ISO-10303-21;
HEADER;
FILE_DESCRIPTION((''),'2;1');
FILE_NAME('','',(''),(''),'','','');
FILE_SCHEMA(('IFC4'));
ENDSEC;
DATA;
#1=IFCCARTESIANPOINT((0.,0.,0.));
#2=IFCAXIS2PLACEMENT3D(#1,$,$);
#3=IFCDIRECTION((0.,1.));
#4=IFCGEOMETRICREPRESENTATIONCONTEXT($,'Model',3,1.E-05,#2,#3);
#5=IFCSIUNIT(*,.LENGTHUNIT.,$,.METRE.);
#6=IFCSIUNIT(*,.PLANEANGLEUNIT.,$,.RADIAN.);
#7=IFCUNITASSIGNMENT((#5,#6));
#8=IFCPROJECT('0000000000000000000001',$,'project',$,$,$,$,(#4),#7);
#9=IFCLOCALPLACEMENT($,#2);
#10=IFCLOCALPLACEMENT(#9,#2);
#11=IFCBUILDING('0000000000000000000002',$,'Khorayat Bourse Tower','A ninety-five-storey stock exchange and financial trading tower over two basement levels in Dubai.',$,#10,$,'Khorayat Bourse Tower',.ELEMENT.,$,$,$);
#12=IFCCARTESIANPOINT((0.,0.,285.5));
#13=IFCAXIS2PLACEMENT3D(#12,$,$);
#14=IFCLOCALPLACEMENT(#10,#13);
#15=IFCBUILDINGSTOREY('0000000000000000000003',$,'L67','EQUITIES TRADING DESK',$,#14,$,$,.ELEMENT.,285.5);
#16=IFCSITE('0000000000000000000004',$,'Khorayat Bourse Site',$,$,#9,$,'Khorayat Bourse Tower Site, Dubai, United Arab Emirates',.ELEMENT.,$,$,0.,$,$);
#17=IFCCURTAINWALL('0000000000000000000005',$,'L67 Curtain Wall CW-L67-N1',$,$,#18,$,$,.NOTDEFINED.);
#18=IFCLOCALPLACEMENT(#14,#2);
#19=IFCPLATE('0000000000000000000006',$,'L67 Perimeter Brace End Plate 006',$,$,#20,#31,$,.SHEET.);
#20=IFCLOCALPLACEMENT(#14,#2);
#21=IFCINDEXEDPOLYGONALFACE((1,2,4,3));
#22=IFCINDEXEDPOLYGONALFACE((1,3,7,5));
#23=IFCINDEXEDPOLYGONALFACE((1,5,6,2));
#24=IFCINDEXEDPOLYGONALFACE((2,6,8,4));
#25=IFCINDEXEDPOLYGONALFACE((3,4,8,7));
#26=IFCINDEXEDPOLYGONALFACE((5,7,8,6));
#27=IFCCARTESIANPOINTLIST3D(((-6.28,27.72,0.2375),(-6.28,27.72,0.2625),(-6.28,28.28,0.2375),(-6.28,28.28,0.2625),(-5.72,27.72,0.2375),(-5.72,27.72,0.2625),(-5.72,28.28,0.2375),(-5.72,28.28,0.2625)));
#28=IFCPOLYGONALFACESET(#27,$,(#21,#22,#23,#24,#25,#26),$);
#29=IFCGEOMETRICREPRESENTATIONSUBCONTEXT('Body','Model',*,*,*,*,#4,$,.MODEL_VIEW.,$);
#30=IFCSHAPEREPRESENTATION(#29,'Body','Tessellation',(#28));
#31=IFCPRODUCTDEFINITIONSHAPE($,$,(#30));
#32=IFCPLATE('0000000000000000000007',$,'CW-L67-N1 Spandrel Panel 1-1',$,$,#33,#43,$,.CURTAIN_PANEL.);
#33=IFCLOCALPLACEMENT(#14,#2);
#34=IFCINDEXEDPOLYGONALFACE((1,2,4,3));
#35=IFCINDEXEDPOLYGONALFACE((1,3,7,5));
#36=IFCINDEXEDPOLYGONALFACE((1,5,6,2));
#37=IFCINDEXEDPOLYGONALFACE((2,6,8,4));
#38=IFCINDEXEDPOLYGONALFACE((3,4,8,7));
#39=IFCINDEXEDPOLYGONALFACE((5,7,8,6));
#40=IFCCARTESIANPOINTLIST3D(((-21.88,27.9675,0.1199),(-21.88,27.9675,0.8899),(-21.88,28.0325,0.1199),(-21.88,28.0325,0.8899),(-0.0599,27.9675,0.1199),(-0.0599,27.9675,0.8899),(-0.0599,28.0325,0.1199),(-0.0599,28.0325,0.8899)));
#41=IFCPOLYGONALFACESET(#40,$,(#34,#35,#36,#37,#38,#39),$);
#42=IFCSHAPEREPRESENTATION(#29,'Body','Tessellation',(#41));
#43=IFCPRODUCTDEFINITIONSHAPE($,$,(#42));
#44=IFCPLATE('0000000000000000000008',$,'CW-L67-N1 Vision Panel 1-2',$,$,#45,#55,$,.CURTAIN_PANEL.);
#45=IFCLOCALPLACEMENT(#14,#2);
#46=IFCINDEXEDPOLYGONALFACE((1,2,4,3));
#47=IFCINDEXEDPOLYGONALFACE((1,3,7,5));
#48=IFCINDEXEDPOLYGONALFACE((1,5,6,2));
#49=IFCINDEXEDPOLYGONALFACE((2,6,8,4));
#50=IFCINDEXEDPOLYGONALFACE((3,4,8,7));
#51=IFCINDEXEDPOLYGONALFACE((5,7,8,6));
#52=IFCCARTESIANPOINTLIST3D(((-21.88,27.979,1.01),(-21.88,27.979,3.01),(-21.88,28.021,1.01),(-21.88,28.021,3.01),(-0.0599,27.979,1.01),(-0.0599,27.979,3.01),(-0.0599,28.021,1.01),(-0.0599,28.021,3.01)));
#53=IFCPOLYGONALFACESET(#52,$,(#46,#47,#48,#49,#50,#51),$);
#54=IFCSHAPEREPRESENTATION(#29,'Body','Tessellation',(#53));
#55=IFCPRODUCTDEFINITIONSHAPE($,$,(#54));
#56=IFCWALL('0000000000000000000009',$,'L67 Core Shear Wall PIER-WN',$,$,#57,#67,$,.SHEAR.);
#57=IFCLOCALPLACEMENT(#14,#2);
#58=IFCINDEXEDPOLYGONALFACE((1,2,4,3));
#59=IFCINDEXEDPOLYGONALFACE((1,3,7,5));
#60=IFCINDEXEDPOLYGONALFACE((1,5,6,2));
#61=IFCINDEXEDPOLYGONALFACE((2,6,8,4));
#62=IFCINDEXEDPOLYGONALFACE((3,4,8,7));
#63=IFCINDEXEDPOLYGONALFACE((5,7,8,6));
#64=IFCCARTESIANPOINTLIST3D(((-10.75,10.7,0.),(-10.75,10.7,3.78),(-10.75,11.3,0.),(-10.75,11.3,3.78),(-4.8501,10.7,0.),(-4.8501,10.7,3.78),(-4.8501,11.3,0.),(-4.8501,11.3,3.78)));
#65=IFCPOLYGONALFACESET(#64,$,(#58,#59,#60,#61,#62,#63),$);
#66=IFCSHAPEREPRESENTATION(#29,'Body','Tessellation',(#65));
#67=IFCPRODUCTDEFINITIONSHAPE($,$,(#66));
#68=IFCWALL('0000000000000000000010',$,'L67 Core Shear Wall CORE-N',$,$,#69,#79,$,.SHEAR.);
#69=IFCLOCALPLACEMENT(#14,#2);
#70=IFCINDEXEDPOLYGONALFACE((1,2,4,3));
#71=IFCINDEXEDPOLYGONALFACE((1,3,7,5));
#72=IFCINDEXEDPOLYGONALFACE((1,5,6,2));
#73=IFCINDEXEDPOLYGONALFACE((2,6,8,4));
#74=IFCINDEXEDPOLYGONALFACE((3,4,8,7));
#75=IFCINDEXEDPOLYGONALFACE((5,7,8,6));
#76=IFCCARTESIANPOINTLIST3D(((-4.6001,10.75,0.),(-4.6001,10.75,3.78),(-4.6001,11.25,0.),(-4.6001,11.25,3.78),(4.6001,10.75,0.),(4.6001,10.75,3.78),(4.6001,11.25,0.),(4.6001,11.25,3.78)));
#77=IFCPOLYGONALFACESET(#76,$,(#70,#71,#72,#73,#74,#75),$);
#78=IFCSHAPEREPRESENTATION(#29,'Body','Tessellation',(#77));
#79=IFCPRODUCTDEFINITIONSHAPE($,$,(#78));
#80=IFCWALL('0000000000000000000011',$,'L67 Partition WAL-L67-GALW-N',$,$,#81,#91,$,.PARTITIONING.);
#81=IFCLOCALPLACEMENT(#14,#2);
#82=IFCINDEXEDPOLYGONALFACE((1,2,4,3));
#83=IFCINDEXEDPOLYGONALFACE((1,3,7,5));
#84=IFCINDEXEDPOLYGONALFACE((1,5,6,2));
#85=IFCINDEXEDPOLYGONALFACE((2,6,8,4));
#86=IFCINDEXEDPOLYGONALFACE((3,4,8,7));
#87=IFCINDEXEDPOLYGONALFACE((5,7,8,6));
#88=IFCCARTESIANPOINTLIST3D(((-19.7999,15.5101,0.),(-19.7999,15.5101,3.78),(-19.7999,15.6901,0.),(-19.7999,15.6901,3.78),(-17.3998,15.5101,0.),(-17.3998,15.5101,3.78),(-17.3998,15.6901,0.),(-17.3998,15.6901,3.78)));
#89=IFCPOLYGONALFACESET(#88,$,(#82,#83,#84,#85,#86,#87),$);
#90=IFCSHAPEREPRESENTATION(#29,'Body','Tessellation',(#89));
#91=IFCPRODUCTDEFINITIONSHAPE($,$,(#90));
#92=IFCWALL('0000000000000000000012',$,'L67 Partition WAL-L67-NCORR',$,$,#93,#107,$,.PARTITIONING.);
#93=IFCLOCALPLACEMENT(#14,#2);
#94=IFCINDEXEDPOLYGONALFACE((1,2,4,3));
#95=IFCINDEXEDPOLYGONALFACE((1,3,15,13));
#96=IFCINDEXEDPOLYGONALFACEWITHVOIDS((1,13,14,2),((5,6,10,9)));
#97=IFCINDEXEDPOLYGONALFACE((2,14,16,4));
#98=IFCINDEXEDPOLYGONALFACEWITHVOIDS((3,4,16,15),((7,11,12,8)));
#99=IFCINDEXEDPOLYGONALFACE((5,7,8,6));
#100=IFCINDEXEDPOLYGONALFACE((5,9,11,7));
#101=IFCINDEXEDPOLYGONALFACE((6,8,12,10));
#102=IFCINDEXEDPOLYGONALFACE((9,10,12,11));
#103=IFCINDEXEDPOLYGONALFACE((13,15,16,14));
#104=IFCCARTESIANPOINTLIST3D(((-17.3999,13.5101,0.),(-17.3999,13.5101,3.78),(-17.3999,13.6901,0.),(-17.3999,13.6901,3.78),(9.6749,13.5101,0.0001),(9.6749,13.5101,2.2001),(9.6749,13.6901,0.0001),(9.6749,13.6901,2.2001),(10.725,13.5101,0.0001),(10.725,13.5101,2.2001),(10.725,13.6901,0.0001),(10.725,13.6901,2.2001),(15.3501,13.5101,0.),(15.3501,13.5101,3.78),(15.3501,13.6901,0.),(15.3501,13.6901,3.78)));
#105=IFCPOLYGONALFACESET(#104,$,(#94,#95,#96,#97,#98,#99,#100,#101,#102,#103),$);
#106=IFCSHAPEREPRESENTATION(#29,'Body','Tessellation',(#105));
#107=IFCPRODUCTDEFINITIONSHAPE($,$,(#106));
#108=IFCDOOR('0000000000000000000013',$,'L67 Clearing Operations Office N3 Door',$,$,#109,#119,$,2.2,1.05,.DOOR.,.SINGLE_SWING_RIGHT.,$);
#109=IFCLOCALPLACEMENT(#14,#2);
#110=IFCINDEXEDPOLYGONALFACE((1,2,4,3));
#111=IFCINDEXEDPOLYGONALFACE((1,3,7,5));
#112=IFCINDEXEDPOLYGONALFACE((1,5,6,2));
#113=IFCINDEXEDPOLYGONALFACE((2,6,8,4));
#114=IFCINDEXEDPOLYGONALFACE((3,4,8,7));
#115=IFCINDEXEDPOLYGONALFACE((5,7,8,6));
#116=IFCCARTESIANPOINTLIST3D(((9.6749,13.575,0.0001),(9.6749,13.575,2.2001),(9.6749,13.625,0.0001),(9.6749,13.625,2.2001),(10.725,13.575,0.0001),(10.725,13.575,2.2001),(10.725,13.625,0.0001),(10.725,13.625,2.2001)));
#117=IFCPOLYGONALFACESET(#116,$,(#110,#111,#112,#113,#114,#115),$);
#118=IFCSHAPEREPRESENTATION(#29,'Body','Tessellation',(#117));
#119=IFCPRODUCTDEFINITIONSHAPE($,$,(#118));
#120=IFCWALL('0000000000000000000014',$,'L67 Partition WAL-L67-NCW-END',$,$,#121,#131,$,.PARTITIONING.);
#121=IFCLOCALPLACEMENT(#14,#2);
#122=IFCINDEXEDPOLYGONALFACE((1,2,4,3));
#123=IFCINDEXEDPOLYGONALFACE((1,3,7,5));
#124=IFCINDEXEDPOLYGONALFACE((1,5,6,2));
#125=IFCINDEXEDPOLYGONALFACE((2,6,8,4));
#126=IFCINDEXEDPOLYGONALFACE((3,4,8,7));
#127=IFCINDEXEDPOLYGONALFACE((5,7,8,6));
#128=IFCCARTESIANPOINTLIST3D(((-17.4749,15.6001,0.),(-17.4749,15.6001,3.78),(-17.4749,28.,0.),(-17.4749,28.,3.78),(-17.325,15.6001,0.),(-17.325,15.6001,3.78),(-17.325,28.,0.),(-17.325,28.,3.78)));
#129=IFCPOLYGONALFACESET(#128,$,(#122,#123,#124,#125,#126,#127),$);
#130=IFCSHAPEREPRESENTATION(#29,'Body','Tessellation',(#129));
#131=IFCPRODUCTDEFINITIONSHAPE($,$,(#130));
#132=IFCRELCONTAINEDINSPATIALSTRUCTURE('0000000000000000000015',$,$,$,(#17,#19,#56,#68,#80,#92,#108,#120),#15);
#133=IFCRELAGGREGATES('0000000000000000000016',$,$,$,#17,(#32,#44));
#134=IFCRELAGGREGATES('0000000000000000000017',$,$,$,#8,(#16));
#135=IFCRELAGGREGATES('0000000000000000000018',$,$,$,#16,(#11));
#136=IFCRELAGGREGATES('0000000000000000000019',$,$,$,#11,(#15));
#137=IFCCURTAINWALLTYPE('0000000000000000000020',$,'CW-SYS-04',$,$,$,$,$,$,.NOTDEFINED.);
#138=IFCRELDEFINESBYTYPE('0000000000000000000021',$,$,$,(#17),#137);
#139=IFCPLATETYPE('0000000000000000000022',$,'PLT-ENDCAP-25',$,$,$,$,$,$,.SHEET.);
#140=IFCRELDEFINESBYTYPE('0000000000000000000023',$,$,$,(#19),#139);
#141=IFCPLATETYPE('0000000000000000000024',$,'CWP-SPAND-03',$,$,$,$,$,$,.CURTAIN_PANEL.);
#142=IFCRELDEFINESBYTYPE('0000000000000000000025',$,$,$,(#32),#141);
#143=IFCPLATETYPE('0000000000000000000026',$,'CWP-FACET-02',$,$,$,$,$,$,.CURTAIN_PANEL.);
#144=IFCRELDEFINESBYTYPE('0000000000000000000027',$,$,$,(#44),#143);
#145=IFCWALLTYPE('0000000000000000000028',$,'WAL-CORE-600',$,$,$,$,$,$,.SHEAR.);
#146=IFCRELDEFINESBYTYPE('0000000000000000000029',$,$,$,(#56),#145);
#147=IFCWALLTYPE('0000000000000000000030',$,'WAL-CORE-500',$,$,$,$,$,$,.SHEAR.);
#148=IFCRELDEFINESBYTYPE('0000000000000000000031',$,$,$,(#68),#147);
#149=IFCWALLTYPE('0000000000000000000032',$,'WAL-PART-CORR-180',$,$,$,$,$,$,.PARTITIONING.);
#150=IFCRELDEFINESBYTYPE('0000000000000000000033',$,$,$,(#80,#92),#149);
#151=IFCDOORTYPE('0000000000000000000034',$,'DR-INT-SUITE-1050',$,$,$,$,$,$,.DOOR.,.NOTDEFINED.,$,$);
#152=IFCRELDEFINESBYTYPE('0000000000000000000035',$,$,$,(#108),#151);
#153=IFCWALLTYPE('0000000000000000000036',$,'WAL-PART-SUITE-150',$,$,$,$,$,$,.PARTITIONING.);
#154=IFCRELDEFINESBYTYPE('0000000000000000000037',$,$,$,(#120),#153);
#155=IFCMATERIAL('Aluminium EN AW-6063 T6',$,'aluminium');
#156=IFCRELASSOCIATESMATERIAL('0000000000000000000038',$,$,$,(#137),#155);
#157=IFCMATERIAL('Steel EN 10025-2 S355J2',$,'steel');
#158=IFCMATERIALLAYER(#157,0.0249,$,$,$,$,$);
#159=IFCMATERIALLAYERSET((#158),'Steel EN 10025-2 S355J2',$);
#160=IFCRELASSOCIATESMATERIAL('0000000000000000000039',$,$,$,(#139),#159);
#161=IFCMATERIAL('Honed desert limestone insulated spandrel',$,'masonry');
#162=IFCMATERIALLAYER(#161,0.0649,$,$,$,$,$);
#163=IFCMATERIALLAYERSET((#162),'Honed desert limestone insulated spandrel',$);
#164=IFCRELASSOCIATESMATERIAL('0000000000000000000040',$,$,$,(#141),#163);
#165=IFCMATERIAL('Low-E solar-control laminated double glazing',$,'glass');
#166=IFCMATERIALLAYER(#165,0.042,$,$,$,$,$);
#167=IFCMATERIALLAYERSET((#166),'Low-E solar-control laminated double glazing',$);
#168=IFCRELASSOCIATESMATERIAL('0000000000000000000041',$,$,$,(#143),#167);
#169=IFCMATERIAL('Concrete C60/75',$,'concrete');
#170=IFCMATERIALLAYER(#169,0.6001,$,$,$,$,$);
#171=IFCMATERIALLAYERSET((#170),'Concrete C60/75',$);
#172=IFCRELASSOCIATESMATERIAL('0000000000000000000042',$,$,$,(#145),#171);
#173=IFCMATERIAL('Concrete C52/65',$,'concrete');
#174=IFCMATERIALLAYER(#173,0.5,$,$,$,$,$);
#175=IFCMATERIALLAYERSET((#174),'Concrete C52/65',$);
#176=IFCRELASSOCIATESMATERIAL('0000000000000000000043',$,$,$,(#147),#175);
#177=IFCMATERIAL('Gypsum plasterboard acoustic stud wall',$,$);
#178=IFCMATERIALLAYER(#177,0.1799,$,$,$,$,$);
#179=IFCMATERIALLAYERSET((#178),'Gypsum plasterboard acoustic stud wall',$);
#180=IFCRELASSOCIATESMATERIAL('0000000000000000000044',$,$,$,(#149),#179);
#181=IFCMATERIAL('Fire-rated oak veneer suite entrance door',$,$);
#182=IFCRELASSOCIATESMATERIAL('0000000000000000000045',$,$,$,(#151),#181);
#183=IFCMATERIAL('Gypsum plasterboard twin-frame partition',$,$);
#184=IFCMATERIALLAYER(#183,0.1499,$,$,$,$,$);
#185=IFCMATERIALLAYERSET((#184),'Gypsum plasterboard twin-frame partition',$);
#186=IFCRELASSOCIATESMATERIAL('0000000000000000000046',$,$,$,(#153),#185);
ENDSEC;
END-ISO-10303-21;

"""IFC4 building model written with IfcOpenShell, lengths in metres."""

from ifc_helpers import new_model, si_unit, direction, frame, frame_2d, origin, origin_2d, place, context, subcontext, project, spatial, rectangle, extrude, source, transform, mapped, material, layer, layer_set, type_object, element, fill, aggregate, save


model = new_model("IFC4")

# Units and contexts
model_context = context("Model", 3, precision=1e-05, world=origin(), true_north=direction((0.0, 1.0)))
body_context = subcontext(model_context, "Body", "Model", "MODEL_VIEW")
ifc_project = project(units=[si_unit("LENGTHUNIT", "METRE"), si_unit("PLANEANGLEUNIT", "RADIAN")], contexts=[model_context])

# Site, building, storey
site_placement = place(None, origin())
site = spatial("IfcSite", under=ifc_project, at=site_placement, Name="Khorayat Bourse Site", LongName="Khorayat Bourse Tower Site, Dubai, United Arab Emirates", CompositionType="ELEMENT", RefElevation=0.0)
building_placement = place(site_placement, origin())
building = spatial("IfcBuilding", under=site, at=building_placement, Name="Khorayat Bourse Tower", Description="A ninety-five-storey stock exchange and financial trading tower over two basement levels in Dubai.", LongName="Khorayat Bourse Tower", CompositionType="ELEMENT")
storey_placement = place(building_placement, frame((0.0, 0.0, 285.5)))
storey = spatial("IfcBuildingStorey", under=building, at=storey_placement, Name="L67", Description="EQUITIES TRADING DESK", CompositionType="ELEMENT", Elevation=285.5)

# Shared definitions
ifc_material_1 = material(Name="Concrete C52/65", Category="concrete")

# Shared definitions
ifc_material_2 = material(Name="Concrete C60/75", Category="concrete")

# Curtain wall
ifc_material_3 = material(Name="Aluminium EN AW-6063 T6", Category="aluminium")
curtain_wall_type = type_object("IfcCurtainWallType", Name="CW-SYS-04", PredefinedType="NOTDEFINED", material=ifc_material_3)
curtain_wall_placement = place(storey_placement, origin())
curtain_wall = element("IfcCurtainWall", 1, at=curtain_wall_placement, inside=storey, type_object=curtain_wall_type, Name="L67 Curtain Wall CW-L67-N1", PredefinedType="NOTDEFINED")

# Plate
ifc_material_4 = material(Name="Steel EN 10025-2 S355J2", Category="steel")
ifc_layer_1 = layer(ifc_material_4, 0.0249)
ifc_layer_set_1 = layer_set([ifc_layer_1], Name="Steel EN 10025-2 S355J2")
plate_type_1 = type_object("IfcPlateType", Name="PLT-ENDCAP-25", PredefinedType="SHEET", material=ifc_layer_set_1)
shared_shape_1 = source(origin(), body_context, "Body", "SweptSolid", [
    extrude(rectangle(XDim=0.5601, YDim=0.5601, at=origin_2d()), origin(), (0.0, 0.0, 1.0), 0.0249),
])
for number, where, z_axis, x_axis, name in (
    (2, (-6.0, 28.0, 0.2375), (0.0, 0.0, 1.0), (1.0, 0.0, 0.0), "L67 Perimeter Brace End Plate 006"),
):
    element("IfcPlate", number, at=place(storey_placement, frame(where, z_axis=z_axis, x_axis=x_axis)), inside=storey, type_object=plate_type_1, Name=name, PredefinedType="SHEET", context=body_context, shape_type="MappedRepresentation", body=[
        mapped(shared_shape_1, transform((0.0, 0.0, 0.0), scale=1.0)),
    ])

# Plates
ifc_material_5 = material(Name="Honed desert limestone insulated spandrel", Category="masonry")
ifc_layer_2 = layer(ifc_material_5, 0.0649)
ifc_layer_set_2 = layer_set([ifc_layer_2], Name="Honed desert limestone insulated spandrel")
plate_type_2 = type_object("IfcPlateType", Name="CWP-SPAND-03", PredefinedType="CURTAIN_PANEL", material=ifc_layer_set_2)
shared_shape_2 = source(origin(), body_context, "Body", "SweptSolid", [
    extrude(rectangle(XDim=21.8201, YDim=0.0649, at=origin_2d()), origin(), (0.0, 0.0, 1.0), 0.77),
])
plate_1_placement = place(storey_placement, frame((-10.97, 28.0, 0.1199), z_axis=(0.0, 0.0, 1.0), x_axis=(1.0, 0.0, 0.0)))
plate_1 = element("IfcPlate", 3, at=plate_1_placement, type_object=plate_type_2, Name="CW-L67-N1 Spandrel Panel 1-1", PredefinedType="CURTAIN_PANEL", context=body_context, shape_type="MappedRepresentation", body=[
    mapped(shared_shape_2, transform((0.0, 0.0, 0.0), scale=1.0)),
])
ifc_material_6 = material(Name="Low-E solar-control laminated double glazing", Category="glass")
ifc_layer_3 = layer(ifc_material_6, 0.042)
ifc_layer_set_3 = layer_set([ifc_layer_3], Name="Low-E solar-control laminated double glazing")
plate_type_3 = type_object("IfcPlateType", Name="CWP-FACET-02", PredefinedType="CURTAIN_PANEL", material=ifc_layer_set_3)
shared_shape_3 = source(origin(), body_context, "Body", "SweptSolid", [
    extrude(rectangle(XDim=21.8201, YDim=0.042, at=origin_2d()), origin(), (0.0, 0.0, 1.0), 2.0),
])
plate_2_placement = place(storey_placement, frame((-10.97, 28.0, 1.01), z_axis=(0.0, 0.0, 1.0), x_axis=(1.0, 0.0, 0.0)))
plate_2 = element("IfcPlate", 4, at=plate_2_placement, type_object=plate_type_3, Name="CW-L67-N1 Vision Panel 1-2", PredefinedType="CURTAIN_PANEL", context=body_context, shape_type="MappedRepresentation", body=[
    mapped(shared_shape_3, transform((0.0, 0.0, 0.0), scale=1.0)),
])
aggregate(curtain_wall, [plate_1, plate_2])

# Walls
ifc_layer_4 = layer(ifc_material_2, 0.6001)
ifc_layer_set_4 = layer_set([ifc_layer_4], Name="Concrete C60/75")
wall_type_1 = type_object("IfcWallType", Name="WAL-CORE-600", PredefinedType="SHEAR", material=ifc_layer_set_4)
shared_shape_4 = source(origin(), body_context, "Body", "SweptSolid", [
    extrude(rectangle(XDim=5.8999, YDim=0.6001, at=frame_2d((2.95, 0.0))), origin(), (0.0, 0.0, 1.0), 3.78),
])
wall_1_placement = place(storey_placement, frame((-10.75, 11.0, 0.0), z_axis=(0.0, 0.0, 1.0), x_axis=(1.0, 0.0, 0.0)))
element("IfcWall", 5, at=wall_1_placement, inside=storey, type_object=wall_type_1, Name="L67 Core Shear Wall PIER-WN", PredefinedType="SHEAR", context=body_context, shape_type="MappedRepresentation", body=[
    mapped(shared_shape_4, transform((0.0, 0.0, 0.0), scale=1.0)),
])
ifc_layer_5 = layer(ifc_material_1, 0.5)
ifc_layer_set_5 = layer_set([ifc_layer_5], Name="Concrete C52/65")
wall_type_2 = type_object("IfcWallType", Name="WAL-CORE-500", PredefinedType="SHEAR", material=ifc_layer_set_5)
shared_shape_5 = source(origin(), body_context, "Body", "SweptSolid", [
    extrude(rectangle(XDim=9.2002, YDim=0.5, at=frame_2d((4.6001, 0.0))), origin(), (0.0, 0.0, 1.0), 3.78),
])
wall_2_placement = place(storey_placement, frame((-4.6001, 11.0, 0.0), z_axis=(0.0, 0.0, 1.0), x_axis=(1.0, 0.0, 0.0)))
element("IfcWall", 6, at=wall_2_placement, inside=storey, type_object=wall_type_2, Name="L67 Core Shear Wall CORE-N", PredefinedType="SHEAR", context=body_context, shape_type="MappedRepresentation", body=[
    mapped(shared_shape_5, transform((0.0, 0.0, 0.0), scale=1.0)),
])
ifc_material_7 = material(Name="Gypsum plasterboard acoustic stud wall")
ifc_layer_6 = layer(ifc_material_7, 0.1799)
ifc_layer_set_6 = layer_set([ifc_layer_6], Name="Gypsum plasterboard acoustic stud wall")
wall_type_3 = type_object("IfcWallType", Name="WAL-PART-CORR-180", PredefinedType="PARTITIONING", material=ifc_layer_set_6)
shared_shape_6 = source(origin(), body_context, "Body", "SweptSolid", [
    extrude(rectangle(XDim=2.4001, YDim=0.1799, at=frame_2d((1.2002, 0.0))), origin(), (0.0, 0.0, 1.0), 3.78),
])
wall_3_placement = place(storey_placement, frame((-19.8, 15.6001, 0.0), z_axis=(0.0, 0.0, 1.0), x_axis=(1.0, 0.0, 0.0)))
element("IfcWall", 7, at=wall_3_placement, inside=storey, type_object=wall_type_3, Name="L67 Partition WAL-L67-GALW-N", PredefinedType="PARTITIONING", context=body_context, shape_type="MappedRepresentation", body=[
    mapped(shared_shape_6, transform((0.0, 0.0, 0.0), scale=1.0)),
])

# Wall, opening, door
shared_shape_7 = source(origin(), body_context, "Body", "SweptSolid", [
    extrude(rectangle(XDim=32.75, YDim=0.1799, at=frame_2d((16.375, 0.0))), origin(), (0.0, 0.0, 1.0), 3.78),
])
wall_4_placement = place(storey_placement, frame((-17.3999, 13.6001, 0.0), z_axis=(0.0, 0.0, 1.0), x_axis=(1.0, 0.0, 0.0)))
wall_4 = element("IfcWall", 8, at=wall_4_placement, inside=storey, type_object=wall_type_3, Name="L67 Partition WAL-L67-NCORR", PredefinedType="PARTITIONING", context=body_context, shape_type="MappedRepresentation", body=[
    mapped(shared_shape_7, transform((0.0, 0.0, 0.0), scale=1.0)),
])
shared_shape_8 = source(origin(), body_context, "Body", "SweptSolid", [
    extrude(rectangle(XDim=1.05, YDim=2.2, at=frame_2d((0.5249, 1.1001))), frame((0.0, 0.0999, 0.0), z_axis=(0.0, -1.0, 0.0), x_axis=(1.0, 0.0, 0.0)), (0.0, 0.0, 1.0), 0.2),
])
opening_1_placement = place(wall_4_placement, frame((27.075, 0.0, 0.0)))
opening_1 = element("IfcOpeningElement", 9, at=opening_1_placement, cuts=wall_4, PredefinedType="OPENING", context=body_context, shape_type="MappedRepresentation", body=[
    mapped(shared_shape_8, transform((0.0, 0.0, 0.0), scale=1.0)),
])
ifc_material_8 = material(Name="Fire-rated oak veneer suite entrance door")
door_type_1 = type_object("IfcDoorType", Name="DR-INT-SUITE-1050", OperationType="NOTDEFINED", PredefinedType="DOOR", material=ifc_material_8)
shared_shape_9 = source(origin(), body_context, "Body", "SweptSolid", [
    extrude(rectangle(XDim=1.05, YDim=2.2, at=frame_2d((0.5249, 1.1001))), frame((0.0, 0.0249, 0.0), z_axis=(0.0, -1.0, 0.0), x_axis=(1.0, 0.0, 0.0)), (0.0, 0.0, 1.0), 0.05),
])
door_1_placement = place(opening_1_placement, origin())
door_1 = element("IfcDoor", 10, at=door_1_placement, inside=storey, type_object=door_type_1, Name="L67 Clearing Operations Office N3 Door", OperationType="SINGLE_SWING_RIGHT", OverallHeight=2.2, OverallWidth=1.05, PredefinedType="DOOR", context=body_context, shape_type="MappedRepresentation", body=[
    mapped(shared_shape_9, transform((0.0, 0.0, 0.0), scale=1.0)),
])
fill(opening_1, door_1)

# Wall
ifc_material_9 = material(Name="Gypsum plasterboard twin-frame partition")
ifc_layer_7 = layer(ifc_material_9, 0.1499)
ifc_layer_set_7 = layer_set([ifc_layer_7], Name="Gypsum plasterboard twin-frame partition")
wall_type_4 = type_object("IfcWallType", Name="WAL-PART-SUITE-150", PredefinedType="PARTITIONING", material=ifc_layer_set_7)
shared_shape_10 = source(origin(), body_context, "Body", "SweptSolid", [
    extrude(rectangle(XDim=12.3999, YDim=0.1499, at=frame_2d((6.2, 0.0))), origin(), (0.0, 0.0, 1.0), 3.78),
])
wall_5_placement = place(storey_placement, frame((-17.3999, 15.6001, 0.0), z_axis=(0.0, 0.0, 1.0), x_axis=(0.0, 1.0, 0.0)))
element("IfcWall", 11, at=wall_5_placement, inside=storey, type_object=wall_type_4, Name="L67 Partition WAL-L67-NCW-END", PredefinedType="PARTITIONING", context=body_context, shape_type="MappedRepresentation", body=[
    mapped(shared_shape_10, transform((0.0, 0.0, 0.0), scale=1.0)),
])

save(model, "model.ifc")
